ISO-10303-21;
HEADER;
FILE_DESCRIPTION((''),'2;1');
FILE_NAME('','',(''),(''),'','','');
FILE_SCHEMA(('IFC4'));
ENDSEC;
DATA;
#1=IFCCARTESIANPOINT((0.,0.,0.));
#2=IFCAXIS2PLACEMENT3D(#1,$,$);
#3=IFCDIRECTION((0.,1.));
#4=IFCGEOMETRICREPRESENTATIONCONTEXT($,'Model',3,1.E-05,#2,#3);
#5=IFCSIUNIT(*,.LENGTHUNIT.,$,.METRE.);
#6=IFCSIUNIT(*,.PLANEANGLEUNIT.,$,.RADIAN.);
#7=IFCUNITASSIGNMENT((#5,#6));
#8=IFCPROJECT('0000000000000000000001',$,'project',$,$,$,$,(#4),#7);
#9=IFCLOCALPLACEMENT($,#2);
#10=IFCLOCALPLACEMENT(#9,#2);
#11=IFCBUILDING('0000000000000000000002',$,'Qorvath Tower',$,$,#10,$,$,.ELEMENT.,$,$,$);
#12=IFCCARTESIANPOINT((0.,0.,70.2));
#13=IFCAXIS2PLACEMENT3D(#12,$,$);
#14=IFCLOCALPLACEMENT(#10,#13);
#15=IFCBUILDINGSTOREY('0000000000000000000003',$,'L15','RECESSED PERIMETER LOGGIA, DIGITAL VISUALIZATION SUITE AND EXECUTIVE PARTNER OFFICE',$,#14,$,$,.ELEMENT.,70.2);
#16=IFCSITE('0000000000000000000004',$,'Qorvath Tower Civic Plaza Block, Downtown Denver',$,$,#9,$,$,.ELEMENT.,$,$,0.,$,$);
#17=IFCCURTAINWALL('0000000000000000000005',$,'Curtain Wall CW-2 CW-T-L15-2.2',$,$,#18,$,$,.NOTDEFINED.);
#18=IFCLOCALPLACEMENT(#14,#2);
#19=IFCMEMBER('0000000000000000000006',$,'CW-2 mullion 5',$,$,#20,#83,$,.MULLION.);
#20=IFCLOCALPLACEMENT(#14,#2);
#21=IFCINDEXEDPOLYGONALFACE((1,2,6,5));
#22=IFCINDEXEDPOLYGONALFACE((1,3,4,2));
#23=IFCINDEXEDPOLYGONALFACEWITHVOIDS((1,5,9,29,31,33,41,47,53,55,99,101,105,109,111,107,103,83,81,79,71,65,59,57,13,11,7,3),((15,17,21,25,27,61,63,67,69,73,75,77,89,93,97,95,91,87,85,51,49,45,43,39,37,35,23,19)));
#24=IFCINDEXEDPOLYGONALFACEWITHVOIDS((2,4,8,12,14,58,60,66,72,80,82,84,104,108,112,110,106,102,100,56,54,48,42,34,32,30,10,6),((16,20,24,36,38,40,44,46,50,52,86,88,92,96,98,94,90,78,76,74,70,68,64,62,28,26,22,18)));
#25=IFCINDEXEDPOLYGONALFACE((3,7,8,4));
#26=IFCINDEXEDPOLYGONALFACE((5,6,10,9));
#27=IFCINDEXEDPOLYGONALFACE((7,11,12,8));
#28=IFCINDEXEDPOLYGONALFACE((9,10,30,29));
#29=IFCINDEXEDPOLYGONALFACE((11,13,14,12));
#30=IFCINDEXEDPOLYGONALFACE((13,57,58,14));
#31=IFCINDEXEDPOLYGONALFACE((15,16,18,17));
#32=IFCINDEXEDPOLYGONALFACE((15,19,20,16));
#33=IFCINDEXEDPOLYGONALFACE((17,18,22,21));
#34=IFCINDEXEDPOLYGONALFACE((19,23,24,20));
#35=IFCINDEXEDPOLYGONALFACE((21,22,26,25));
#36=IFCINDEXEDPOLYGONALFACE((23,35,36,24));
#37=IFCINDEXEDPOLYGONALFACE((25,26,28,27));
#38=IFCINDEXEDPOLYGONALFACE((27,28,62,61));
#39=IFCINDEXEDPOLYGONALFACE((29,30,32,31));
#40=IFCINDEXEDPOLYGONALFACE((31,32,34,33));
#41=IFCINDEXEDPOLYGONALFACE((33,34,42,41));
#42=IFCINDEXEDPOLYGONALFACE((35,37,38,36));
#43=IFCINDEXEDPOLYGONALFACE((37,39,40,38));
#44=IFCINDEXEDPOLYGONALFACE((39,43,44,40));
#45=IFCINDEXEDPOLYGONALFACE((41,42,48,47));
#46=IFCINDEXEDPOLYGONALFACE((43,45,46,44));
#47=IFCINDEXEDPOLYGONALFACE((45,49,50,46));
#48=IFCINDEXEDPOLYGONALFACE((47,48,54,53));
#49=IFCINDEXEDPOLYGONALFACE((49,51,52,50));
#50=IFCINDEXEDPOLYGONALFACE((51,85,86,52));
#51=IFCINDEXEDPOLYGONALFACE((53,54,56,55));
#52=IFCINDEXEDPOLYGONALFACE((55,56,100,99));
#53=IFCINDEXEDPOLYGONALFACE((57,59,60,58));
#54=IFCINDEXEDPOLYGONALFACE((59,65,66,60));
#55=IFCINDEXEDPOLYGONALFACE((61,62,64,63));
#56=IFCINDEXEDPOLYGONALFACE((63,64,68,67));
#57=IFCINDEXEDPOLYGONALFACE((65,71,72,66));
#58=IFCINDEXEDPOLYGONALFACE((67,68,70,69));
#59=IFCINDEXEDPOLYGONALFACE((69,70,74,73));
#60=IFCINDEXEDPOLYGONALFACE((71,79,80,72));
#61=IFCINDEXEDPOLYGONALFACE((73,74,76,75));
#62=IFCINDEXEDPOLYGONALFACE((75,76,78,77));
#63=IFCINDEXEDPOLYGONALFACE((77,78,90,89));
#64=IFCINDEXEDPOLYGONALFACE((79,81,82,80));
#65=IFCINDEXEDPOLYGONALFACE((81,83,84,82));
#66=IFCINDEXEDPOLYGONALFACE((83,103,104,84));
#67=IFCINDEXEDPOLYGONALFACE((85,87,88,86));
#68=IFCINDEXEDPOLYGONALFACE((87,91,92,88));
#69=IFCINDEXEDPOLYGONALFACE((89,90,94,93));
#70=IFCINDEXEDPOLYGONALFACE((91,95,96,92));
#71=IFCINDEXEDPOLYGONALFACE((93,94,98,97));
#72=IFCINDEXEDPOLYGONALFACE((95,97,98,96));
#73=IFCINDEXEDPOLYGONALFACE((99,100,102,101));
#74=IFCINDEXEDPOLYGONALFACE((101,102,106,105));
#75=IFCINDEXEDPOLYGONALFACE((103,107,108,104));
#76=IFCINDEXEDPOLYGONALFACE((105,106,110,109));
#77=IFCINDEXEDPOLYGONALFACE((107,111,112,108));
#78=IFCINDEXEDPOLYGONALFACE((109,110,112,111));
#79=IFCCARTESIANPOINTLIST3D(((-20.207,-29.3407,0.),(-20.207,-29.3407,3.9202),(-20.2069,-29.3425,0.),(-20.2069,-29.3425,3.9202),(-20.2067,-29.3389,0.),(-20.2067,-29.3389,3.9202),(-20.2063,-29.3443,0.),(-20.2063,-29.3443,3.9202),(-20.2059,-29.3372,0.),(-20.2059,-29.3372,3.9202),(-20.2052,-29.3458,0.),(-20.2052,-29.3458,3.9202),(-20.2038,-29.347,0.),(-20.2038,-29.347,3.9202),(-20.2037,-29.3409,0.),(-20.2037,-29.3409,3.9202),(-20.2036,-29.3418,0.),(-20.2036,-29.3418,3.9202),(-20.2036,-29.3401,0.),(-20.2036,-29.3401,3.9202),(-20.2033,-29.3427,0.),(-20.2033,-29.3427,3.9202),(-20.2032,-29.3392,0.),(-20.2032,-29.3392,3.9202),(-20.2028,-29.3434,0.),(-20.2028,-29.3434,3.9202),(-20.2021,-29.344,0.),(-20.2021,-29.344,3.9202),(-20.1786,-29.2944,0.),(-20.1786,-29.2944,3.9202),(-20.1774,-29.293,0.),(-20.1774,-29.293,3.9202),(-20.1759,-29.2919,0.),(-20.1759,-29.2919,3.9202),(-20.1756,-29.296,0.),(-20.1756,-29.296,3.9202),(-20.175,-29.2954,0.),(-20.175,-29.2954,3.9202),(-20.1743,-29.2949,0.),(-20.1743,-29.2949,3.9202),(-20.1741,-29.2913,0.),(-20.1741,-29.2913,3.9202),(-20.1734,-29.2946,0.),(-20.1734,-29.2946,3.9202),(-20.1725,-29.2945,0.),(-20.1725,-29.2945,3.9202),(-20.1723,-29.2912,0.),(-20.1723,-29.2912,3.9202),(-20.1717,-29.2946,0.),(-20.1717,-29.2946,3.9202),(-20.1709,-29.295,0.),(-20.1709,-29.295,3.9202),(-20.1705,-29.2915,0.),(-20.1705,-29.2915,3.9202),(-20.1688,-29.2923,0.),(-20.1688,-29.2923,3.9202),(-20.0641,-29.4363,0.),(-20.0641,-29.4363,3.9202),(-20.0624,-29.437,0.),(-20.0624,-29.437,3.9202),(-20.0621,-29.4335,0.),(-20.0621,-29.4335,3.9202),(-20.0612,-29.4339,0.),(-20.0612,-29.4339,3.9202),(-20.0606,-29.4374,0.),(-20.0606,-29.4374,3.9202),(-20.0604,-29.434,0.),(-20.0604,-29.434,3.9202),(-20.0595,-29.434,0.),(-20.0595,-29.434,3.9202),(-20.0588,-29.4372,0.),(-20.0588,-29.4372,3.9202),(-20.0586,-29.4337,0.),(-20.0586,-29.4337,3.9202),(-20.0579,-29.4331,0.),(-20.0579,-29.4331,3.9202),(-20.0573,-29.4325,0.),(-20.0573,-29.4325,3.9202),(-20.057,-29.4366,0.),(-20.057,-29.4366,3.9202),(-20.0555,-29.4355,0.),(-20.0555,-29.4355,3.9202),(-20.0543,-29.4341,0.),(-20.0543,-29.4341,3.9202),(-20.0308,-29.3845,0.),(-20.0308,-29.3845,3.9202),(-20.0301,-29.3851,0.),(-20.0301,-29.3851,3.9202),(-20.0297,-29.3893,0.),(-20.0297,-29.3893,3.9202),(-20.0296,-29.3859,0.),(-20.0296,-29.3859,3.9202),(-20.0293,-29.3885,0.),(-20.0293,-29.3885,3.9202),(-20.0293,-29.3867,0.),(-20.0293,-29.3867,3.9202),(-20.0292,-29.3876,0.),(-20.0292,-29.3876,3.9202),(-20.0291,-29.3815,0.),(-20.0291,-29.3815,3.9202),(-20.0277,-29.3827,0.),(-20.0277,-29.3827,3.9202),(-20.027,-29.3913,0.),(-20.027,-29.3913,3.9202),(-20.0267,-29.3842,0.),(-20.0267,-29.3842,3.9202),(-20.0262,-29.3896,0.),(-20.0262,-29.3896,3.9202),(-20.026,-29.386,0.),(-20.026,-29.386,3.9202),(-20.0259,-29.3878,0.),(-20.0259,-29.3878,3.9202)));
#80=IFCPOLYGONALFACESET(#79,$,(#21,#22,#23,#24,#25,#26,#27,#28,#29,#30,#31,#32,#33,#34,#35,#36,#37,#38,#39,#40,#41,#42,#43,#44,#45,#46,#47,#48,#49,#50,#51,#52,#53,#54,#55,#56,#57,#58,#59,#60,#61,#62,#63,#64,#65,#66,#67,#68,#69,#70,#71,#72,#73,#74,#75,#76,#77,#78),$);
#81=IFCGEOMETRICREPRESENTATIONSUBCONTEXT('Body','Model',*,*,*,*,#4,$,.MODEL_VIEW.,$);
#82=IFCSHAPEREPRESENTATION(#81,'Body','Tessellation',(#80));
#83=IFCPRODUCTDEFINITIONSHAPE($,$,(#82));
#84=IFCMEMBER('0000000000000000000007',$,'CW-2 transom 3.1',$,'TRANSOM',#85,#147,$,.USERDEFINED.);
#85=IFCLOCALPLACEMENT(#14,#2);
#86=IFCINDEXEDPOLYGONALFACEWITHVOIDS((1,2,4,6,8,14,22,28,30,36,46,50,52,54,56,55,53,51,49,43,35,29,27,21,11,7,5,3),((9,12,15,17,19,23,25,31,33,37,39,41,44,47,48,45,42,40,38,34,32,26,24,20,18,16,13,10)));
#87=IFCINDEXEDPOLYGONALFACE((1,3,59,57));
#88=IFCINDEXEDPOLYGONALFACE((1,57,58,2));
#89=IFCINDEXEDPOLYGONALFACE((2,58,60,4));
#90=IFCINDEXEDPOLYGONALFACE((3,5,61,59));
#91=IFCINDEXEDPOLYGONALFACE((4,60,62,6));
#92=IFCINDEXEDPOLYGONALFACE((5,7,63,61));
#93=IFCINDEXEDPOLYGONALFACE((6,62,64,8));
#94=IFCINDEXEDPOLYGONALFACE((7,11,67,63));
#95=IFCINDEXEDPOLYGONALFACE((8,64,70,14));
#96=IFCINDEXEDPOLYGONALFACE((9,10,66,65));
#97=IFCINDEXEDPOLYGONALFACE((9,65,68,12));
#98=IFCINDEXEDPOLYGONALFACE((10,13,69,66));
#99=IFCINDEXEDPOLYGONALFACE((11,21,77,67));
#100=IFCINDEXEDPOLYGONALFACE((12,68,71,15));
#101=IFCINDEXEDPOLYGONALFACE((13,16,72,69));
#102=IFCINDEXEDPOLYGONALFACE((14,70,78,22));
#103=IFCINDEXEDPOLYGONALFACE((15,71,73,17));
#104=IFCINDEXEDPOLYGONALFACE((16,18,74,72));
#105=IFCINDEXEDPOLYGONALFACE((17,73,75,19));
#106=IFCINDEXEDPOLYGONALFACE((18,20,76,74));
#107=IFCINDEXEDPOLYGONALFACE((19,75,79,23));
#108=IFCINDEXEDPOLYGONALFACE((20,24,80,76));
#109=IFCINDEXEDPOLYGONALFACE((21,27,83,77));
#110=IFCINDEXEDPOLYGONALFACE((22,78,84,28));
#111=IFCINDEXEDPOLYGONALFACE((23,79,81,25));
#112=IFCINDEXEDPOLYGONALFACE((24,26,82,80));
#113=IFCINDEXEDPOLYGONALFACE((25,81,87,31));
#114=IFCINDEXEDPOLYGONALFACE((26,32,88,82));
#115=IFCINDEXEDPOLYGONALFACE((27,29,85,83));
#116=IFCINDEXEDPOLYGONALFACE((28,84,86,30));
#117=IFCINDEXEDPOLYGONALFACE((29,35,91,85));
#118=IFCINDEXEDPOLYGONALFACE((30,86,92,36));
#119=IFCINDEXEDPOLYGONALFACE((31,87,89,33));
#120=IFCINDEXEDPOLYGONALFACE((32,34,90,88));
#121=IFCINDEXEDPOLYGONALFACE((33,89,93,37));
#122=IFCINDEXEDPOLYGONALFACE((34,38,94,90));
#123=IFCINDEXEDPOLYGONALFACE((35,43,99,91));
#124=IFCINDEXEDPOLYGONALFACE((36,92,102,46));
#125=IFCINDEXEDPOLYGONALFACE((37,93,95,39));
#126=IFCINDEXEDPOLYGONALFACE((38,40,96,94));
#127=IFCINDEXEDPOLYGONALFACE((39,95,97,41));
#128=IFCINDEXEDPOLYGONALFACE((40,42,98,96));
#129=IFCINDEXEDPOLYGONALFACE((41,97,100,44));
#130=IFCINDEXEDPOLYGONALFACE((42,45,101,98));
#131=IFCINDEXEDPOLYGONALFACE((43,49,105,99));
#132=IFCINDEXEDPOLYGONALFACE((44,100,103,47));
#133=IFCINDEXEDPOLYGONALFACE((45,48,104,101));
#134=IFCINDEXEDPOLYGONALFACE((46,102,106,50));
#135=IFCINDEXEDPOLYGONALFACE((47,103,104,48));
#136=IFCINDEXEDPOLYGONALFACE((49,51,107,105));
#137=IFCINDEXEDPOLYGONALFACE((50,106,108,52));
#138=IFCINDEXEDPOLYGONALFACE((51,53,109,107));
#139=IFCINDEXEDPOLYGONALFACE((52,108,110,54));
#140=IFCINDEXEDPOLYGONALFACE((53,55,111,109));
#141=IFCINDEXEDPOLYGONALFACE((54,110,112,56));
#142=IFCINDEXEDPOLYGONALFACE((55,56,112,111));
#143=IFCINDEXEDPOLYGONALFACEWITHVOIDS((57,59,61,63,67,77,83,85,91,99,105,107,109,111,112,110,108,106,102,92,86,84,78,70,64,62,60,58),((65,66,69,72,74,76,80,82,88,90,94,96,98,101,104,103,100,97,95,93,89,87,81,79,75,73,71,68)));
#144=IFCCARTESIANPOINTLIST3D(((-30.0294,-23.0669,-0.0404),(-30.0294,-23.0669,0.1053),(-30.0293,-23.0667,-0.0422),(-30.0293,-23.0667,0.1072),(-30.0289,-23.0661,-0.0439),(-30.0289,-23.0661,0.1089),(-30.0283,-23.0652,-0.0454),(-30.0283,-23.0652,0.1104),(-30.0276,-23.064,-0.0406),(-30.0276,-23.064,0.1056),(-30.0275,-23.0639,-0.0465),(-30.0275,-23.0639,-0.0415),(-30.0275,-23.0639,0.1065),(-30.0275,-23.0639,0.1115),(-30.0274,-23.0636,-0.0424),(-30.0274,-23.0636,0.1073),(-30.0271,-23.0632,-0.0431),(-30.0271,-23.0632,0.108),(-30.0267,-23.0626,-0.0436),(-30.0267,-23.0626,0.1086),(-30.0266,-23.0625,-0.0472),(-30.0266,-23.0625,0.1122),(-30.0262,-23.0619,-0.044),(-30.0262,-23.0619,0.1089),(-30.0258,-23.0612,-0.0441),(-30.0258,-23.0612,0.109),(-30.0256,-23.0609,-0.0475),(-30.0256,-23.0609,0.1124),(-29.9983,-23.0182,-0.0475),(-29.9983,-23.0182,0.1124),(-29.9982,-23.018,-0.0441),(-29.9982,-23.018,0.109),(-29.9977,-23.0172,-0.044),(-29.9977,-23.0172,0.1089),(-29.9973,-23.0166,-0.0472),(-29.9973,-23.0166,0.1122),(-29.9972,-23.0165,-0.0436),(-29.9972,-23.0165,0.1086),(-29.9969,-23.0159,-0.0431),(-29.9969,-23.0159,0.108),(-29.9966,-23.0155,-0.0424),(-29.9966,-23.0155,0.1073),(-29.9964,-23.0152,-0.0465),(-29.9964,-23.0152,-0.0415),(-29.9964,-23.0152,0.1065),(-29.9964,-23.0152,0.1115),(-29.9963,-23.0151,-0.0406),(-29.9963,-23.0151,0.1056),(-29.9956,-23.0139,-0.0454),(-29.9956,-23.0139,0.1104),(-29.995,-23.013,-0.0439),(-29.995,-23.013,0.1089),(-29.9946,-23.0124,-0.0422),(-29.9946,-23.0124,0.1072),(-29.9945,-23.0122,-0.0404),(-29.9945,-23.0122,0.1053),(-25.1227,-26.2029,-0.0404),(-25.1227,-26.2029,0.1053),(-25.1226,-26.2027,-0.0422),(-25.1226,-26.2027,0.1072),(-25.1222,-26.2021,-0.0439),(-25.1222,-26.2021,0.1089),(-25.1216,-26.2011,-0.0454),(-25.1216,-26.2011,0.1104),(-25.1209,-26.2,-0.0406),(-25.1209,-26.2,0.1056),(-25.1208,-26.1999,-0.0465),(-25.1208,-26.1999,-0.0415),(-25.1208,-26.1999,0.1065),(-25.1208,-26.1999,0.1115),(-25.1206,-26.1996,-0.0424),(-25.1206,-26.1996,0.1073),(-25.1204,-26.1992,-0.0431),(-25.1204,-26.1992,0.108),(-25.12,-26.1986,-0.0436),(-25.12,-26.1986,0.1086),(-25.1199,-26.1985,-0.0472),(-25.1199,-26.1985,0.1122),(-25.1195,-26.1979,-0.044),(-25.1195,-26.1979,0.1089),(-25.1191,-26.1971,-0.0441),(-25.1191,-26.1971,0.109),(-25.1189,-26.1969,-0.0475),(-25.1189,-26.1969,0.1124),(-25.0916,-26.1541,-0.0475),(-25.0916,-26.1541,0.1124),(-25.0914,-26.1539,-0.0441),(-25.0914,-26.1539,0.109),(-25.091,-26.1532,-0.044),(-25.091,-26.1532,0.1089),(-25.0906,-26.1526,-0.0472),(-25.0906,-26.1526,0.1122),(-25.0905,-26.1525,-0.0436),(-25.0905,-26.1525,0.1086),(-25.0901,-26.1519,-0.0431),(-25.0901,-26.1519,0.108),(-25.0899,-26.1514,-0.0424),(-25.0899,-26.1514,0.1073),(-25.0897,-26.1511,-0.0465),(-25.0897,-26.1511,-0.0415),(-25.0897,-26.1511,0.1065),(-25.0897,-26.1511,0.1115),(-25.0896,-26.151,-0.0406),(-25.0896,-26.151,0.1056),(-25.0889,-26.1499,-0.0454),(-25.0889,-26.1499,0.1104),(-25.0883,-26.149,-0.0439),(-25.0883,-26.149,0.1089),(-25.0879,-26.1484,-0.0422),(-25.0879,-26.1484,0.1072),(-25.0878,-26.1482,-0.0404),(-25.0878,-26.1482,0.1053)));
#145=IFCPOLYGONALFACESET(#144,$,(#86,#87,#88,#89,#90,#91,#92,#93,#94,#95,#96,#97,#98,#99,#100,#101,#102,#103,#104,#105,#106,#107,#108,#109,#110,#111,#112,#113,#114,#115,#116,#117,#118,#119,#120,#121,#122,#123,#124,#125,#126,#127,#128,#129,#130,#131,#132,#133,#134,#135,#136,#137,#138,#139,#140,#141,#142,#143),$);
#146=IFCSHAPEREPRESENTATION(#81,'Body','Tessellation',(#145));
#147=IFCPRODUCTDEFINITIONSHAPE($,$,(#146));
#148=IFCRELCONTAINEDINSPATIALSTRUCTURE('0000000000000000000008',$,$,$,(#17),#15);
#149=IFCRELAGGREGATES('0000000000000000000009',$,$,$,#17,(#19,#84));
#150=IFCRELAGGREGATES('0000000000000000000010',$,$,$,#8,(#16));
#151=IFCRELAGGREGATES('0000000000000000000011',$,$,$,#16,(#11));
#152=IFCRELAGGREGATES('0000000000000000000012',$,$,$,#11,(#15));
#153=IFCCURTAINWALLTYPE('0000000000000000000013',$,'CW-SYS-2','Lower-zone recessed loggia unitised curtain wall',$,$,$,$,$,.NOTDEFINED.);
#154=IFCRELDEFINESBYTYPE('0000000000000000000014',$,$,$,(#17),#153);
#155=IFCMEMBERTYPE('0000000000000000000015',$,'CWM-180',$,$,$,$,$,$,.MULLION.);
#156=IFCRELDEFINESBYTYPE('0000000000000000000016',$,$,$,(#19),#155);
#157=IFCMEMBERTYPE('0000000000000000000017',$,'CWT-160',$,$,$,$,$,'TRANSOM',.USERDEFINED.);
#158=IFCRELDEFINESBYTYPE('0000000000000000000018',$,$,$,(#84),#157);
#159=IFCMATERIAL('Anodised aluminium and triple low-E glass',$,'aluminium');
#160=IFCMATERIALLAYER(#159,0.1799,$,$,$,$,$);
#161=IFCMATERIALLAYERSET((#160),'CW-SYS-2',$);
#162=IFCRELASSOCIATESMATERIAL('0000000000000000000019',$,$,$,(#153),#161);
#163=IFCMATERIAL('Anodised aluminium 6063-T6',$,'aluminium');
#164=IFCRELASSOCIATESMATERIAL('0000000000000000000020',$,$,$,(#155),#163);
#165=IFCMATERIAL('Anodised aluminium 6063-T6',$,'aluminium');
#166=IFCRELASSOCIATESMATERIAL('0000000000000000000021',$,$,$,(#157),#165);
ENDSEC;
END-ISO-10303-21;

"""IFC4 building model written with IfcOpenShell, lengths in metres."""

from ifc_helpers import new_model, si_unit, direction, frame, origin, origin_2d, place, context, subcontext, project, spatial, hollow_rectangle, extrude, material, layer, layer_set, material_profile, profile_set, type_object, element, aggregate, save


model = new_model("IFC4")

# Units and contexts
model_context = context("Model", 3, precision=1e-05, world=origin(), true_north=direction((0.0, 1.0)))
body_context = subcontext(model_context, "Body", "Model", "MODEL_VIEW")
ifc_project = project(units=[si_unit("LENGTHUNIT", "METRE"), si_unit("PLANEANGLEUNIT", "RADIAN")], contexts=[model_context])

# Site, building, storey
site_placement = place(None, origin())
site = spatial("IfcSite", under=ifc_project, at=site_placement, Name="Qorvath Tower Civic Plaza Block, Downtown Denver", CompositionType="ELEMENT", RefElevation=0.0)
building_placement = place(site_placement, origin())
building = spatial("IfcBuilding", under=site, at=building_placement, Name="Qorvath Tower", CompositionType="ELEMENT")
storey_placement = place(building_placement, frame((0.0, 0.0, 70.2)))
storey = spatial("IfcBuildingStorey", under=building, at=storey_placement, Name="L15", Description="RECESSED PERIMETER LOGGIA, DIGITAL VISUALIZATION SUITE AND EXECUTIVE PARTNER OFFICE", CompositionType="ELEMENT", Elevation=70.2)

# Curtain wall, members
ifc_material_1 = material(Name="Anodised aluminium and triple low-E glass", Category="aluminium")
ifc_layer_1 = layer(ifc_material_1, 0.1799)
ifc_layer_set_1 = layer_set([ifc_layer_1], Name="CW-SYS-2")
curtain_wall_type = type_object("IfcCurtainWallType", Name="CW-SYS-2", Description="Lower-zone recessed loggia unitised curtain wall", PredefinedType="NOTDEFINED", material=ifc_layer_set_1)
curtain_wall_placement = place(storey_placement, origin())
curtain_wall = element("IfcCurtainWall", 1, at=curtain_wall_placement, inside=storey, type_object=curtain_wall_type, Name="Curtain Wall CW-2 CW-T-L15-2.2", PredefinedType="NOTDEFINED")
ifc_material_2 = material(Name="Anodised aluminium 6063-T6", Category="aluminium")
ifc_material_profile_1 = material_profile(ifc_material_2, hollow_rectangle(XDim=0.0649, YDim=0.1799, WallThickness=0.0034, InnerFilletRadius=0.0034, OuterFilletRadius=0.0071, at=origin_2d()), Name="CWM 180x65")
ifc_profile_set_1 = profile_set([ifc_material_profile_1], Name="Anodised aluminium 6063-T6")
member_type_1 = type_object("IfcMemberType", Name="CWM-180", PredefinedType="MULLION", material=ifc_profile_set_1)
member_1_placement = place(storey_placement, frame((-20.1165, -29.3643, 0.0), z_axis=(0.0, 0.0, 1.0), x_axis=(0.538537, 0.842602, 0.0)))
member_1 = element("IfcMember", 2, at=member_1_placement, type_object=member_type_1, Name="CW-2 mullion 5", PredefinedType="MULLION", context=body_context, shape_type="SweptSolid", body=[
    extrude(hollow_rectangle(XDim=0.0649, YDim=0.1799, WallThickness=0.0034, InnerFilletRadius=0.0034, OuterFilletRadius=0.0071, at=origin_2d()), origin(), (0.0, 0.0, 1.0), 3.9202),
])
ifc_material_3 = material(Name="Anodised aluminium 6063-T6", Category="aluminium")
ifc_material_profile_2 = material_profile(ifc_material_3, hollow_rectangle(XDim=0.0649, YDim=0.1599, WallThickness=0.0034, InnerFilletRadius=0.0034, OuterFilletRadius=0.0071, at=origin_2d()), Name="CWT 160x65")
ifc_profile_set_2 = profile_set([ifc_material_profile_2], Name="Anodised aluminium 6063-T6")
member_type_2 = type_object("IfcMemberType", Name="CWT-160", ElementType="TRANSOM", PredefinedType="USERDEFINED", material=ifc_profile_set_2)
member_2_placement = place(storey_placement, frame((-30.012, -23.0396, 0.0325), z_axis=(0.842609, -0.538527, 0.0), x_axis=(0.538527, 0.842609, 0.0)))
member_2 = element("IfcMember", 3, at=member_2_placement, type_object=member_type_2, Name="CW-2 transom 3.1", ObjectType="TRANSOM", PredefinedType="USERDEFINED", context=body_context, shape_type="SweptSolid", body=[
    extrude(hollow_rectangle(XDim=0.0649, YDim=0.1599, WallThickness=0.0034, InnerFilletRadius=0.0034, OuterFilletRadius=0.0071, at=origin_2d()), origin(), (0.0, 0.0, 1.0), 5.8232),
])
aggregate(curtain_wall, [member_1, member_2])

save(model, "model.ifc")
